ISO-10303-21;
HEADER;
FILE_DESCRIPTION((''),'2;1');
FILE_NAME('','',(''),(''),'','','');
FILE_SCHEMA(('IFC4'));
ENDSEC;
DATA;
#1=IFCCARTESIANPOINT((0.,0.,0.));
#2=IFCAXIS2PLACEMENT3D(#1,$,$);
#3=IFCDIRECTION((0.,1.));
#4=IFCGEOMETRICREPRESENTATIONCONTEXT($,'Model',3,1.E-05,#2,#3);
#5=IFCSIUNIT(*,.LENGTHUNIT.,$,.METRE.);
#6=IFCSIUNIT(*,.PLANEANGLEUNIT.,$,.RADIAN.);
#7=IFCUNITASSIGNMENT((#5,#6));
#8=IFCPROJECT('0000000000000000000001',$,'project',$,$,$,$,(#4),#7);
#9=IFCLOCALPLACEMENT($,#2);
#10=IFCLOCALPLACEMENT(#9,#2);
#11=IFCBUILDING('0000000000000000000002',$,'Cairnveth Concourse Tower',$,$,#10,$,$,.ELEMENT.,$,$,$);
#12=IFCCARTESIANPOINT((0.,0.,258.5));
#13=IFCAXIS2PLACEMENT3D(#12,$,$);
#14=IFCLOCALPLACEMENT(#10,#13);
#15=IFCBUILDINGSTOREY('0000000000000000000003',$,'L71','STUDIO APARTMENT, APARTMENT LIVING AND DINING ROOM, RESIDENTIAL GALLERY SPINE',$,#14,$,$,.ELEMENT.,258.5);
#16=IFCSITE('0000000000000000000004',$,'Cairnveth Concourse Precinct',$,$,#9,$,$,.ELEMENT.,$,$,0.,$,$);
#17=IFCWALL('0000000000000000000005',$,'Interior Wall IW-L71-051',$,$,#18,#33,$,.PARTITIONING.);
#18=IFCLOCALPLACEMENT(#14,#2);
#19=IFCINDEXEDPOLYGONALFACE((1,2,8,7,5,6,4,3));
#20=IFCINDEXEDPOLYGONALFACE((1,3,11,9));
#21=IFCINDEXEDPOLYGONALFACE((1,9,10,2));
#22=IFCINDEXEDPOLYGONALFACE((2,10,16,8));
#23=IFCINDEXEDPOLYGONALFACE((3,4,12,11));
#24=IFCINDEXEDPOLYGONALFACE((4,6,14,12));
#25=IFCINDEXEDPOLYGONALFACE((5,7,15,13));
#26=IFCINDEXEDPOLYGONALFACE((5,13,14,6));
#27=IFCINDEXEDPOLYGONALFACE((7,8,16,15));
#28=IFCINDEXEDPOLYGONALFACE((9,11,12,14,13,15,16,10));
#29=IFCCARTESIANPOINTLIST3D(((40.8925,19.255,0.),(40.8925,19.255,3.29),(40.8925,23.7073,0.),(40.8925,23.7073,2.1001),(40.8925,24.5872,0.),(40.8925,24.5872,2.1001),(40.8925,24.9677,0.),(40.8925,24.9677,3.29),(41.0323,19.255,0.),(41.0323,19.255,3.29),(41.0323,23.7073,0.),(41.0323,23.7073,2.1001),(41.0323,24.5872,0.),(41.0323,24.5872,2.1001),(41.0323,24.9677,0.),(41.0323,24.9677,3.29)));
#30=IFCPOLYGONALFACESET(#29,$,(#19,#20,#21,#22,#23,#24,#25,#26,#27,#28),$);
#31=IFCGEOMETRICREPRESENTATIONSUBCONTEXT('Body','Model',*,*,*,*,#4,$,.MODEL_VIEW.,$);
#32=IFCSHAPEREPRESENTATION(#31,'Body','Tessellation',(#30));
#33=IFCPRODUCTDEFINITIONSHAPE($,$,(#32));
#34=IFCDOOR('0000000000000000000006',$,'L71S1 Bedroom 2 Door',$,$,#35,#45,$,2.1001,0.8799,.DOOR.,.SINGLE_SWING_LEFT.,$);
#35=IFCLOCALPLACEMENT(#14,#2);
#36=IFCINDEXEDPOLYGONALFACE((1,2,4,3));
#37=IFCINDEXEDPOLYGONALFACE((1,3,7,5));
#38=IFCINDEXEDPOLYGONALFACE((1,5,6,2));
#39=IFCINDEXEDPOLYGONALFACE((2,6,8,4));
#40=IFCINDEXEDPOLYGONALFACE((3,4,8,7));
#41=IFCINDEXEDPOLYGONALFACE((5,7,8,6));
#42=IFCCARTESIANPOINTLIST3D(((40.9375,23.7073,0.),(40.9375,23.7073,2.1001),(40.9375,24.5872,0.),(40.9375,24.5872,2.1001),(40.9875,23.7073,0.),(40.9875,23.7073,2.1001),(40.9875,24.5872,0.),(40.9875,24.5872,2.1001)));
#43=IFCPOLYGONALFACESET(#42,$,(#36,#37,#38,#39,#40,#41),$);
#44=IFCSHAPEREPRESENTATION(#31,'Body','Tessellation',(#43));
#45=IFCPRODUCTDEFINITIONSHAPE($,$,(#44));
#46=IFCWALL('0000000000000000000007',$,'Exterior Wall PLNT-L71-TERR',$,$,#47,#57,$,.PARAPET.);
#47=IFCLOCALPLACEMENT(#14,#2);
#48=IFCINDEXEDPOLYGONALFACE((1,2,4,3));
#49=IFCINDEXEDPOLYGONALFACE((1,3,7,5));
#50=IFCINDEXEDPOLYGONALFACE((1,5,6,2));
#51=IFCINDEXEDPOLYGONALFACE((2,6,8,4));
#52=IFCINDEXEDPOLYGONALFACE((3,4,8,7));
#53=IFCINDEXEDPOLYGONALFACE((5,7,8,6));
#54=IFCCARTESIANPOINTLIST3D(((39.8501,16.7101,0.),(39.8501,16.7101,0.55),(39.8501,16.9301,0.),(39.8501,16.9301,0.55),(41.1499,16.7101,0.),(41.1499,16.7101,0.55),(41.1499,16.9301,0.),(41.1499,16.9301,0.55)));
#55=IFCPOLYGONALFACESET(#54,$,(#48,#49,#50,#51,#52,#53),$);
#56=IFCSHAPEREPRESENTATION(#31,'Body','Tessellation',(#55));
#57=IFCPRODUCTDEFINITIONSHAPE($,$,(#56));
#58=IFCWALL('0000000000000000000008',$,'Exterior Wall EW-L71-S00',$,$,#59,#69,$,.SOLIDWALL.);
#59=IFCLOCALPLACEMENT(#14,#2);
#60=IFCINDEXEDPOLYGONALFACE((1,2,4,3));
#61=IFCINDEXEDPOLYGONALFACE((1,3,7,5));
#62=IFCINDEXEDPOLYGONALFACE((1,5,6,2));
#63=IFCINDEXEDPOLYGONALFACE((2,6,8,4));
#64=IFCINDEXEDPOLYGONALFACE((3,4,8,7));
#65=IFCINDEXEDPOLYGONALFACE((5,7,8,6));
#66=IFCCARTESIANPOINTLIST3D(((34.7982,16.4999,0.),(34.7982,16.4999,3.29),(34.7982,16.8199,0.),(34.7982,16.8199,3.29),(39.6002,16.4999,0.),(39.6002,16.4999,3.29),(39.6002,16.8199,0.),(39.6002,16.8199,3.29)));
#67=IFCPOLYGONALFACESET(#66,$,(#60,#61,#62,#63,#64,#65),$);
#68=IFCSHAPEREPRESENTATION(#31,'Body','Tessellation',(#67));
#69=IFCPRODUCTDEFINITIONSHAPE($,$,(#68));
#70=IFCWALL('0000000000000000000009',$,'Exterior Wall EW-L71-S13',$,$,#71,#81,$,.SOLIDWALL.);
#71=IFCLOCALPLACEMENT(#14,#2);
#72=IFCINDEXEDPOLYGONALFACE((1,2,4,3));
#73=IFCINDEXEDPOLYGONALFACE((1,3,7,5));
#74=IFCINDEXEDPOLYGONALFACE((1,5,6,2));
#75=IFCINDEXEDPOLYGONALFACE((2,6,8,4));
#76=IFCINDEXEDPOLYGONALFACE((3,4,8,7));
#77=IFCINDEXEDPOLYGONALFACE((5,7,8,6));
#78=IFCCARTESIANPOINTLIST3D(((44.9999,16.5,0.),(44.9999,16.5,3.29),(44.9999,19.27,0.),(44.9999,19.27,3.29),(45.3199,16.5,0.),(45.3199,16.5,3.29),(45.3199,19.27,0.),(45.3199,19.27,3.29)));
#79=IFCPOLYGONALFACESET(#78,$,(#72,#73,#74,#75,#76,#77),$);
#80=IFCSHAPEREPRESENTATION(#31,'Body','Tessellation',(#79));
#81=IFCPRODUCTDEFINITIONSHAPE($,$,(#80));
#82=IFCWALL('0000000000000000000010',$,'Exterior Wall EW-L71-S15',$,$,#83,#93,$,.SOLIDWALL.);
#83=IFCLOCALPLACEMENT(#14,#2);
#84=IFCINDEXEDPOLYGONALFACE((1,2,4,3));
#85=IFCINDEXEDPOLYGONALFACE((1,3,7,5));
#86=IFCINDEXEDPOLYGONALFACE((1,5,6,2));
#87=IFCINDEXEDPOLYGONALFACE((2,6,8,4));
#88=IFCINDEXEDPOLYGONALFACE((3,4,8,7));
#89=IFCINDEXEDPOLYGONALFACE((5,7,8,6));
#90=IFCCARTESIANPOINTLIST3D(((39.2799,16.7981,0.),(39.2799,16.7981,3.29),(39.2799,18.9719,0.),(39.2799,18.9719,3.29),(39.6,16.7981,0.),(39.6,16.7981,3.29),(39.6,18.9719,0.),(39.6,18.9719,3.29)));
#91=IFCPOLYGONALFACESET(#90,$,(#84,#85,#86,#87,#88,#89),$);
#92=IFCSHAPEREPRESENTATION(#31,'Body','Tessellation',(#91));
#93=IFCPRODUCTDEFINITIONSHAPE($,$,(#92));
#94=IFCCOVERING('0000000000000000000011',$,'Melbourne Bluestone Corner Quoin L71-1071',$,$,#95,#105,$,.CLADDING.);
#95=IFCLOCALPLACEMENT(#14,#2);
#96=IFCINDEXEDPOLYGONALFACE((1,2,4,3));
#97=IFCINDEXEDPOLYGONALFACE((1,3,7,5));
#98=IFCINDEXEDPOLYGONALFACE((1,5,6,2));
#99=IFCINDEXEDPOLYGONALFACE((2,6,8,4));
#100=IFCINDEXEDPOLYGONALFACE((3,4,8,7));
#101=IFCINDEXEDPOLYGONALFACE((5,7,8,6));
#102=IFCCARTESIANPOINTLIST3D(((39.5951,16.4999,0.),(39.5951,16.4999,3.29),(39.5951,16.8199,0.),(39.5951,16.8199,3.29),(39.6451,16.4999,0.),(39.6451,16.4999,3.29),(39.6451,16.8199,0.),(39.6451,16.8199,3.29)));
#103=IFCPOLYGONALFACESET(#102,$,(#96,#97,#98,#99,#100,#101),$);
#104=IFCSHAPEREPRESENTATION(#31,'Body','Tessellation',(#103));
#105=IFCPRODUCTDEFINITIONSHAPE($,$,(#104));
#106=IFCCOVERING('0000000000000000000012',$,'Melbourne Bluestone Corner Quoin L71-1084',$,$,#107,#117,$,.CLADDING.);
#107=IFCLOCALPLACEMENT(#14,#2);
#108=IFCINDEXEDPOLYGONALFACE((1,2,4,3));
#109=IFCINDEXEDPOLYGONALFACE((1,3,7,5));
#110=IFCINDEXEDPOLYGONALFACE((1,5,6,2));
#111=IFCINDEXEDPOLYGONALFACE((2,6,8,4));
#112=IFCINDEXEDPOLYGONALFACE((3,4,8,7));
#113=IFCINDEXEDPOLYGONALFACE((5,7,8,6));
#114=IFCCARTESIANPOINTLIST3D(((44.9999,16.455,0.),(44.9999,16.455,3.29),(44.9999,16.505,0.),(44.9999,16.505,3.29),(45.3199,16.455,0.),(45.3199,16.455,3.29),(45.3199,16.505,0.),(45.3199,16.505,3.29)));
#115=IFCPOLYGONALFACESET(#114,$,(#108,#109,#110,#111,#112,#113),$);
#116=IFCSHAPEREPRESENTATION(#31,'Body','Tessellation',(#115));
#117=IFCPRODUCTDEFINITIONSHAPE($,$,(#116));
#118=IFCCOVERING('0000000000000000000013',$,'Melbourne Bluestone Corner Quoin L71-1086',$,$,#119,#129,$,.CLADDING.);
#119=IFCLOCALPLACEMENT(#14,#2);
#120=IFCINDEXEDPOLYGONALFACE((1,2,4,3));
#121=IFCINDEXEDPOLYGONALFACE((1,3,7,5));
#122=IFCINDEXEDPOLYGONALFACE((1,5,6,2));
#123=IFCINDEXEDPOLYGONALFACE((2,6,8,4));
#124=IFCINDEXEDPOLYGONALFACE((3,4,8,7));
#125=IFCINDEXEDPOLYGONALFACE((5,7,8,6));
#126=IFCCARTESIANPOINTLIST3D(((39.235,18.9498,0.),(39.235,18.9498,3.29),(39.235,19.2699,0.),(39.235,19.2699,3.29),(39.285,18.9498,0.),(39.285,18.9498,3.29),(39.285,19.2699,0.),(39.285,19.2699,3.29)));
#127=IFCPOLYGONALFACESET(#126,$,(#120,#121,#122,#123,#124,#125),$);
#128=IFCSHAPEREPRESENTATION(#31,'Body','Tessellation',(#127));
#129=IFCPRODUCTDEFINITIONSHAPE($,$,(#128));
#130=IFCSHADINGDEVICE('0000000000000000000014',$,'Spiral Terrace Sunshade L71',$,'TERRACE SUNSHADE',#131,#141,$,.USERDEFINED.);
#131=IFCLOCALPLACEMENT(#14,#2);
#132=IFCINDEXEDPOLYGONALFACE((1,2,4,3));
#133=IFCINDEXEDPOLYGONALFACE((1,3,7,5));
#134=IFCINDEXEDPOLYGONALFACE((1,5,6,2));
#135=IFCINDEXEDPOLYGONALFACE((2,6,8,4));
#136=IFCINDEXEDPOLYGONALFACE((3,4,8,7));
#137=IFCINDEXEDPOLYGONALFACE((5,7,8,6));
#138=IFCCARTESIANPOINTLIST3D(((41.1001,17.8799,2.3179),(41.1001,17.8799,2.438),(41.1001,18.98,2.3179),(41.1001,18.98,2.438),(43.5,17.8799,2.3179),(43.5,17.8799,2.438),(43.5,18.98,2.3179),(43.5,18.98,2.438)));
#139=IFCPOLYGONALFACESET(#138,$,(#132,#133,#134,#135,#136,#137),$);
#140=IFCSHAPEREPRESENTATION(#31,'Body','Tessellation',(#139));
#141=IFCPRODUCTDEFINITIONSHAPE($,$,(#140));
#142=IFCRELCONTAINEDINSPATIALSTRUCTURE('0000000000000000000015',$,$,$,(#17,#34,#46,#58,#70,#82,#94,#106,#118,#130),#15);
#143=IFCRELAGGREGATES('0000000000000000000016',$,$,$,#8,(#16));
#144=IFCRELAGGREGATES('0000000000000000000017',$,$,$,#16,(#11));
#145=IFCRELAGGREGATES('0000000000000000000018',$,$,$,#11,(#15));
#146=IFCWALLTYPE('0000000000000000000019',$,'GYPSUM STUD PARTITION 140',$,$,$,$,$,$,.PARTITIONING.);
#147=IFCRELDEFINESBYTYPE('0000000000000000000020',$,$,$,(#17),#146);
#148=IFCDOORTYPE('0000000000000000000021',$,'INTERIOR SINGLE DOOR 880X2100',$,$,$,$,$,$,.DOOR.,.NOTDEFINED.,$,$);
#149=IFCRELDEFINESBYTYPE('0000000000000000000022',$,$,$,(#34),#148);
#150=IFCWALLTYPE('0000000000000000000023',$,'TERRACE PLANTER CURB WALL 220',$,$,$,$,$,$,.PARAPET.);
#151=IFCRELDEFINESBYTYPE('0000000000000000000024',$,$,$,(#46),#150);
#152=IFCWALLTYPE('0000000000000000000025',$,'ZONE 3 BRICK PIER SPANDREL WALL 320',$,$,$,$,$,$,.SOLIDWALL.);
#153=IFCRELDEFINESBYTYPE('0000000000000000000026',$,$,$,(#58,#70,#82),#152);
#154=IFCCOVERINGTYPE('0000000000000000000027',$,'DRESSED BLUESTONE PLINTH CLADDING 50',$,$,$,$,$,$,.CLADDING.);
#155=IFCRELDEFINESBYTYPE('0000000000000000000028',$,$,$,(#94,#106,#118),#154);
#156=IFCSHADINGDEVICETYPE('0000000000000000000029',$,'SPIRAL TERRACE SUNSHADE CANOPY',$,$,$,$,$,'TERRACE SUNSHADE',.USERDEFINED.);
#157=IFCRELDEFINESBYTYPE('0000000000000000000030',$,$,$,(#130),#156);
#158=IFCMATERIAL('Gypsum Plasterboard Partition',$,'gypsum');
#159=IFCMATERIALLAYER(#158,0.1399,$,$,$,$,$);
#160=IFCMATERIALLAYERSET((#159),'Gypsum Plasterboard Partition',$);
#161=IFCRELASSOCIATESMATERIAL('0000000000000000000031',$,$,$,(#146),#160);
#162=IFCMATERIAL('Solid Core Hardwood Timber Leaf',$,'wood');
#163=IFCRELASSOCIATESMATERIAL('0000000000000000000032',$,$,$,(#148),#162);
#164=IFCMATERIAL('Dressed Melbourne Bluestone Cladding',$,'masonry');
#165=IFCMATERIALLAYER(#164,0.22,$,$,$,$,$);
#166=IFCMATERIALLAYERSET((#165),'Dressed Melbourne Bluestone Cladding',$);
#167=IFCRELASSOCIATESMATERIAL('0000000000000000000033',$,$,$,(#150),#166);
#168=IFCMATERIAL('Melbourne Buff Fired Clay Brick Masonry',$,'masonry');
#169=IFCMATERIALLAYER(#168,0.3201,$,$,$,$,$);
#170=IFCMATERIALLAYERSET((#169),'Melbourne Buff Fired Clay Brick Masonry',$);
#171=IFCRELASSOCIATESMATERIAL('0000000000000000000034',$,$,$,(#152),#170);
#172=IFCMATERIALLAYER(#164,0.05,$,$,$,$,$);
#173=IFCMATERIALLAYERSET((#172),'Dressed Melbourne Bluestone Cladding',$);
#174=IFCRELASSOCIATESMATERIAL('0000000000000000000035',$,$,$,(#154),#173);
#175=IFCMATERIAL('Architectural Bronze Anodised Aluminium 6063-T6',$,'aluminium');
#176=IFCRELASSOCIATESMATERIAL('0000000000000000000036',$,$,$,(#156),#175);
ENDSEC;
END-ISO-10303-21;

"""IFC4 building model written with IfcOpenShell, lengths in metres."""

from ifc_helpers import new_model, si_unit, direction, frame, frame_2d, origin, origin_2d, place, context, subcontext, project, spatial, rectangle, extrude, material, layer, layer_set, type_object, element, fill, save


model = new_model("IFC4")

# Units and contexts
model_context = context("Model", 3, precision=1e-05, world=origin(), true_north=direction((0.0, 1.0)))
body_context = subcontext(model_context, "Body", "Model", "MODEL_VIEW")
ifc_project = project(units=[si_unit("LENGTHUNIT", "METRE"), si_unit("PLANEANGLEUNIT", "RADIAN")], contexts=[model_context])

# Site, building, storey
site_placement = place(None, origin())
site = spatial("IfcSite", under=ifc_project, at=site_placement, Name="Cairnveth Concourse Precinct", CompositionType="ELEMENT", RefElevation=0.0)
building_placement = place(site_placement, origin())
building = spatial("IfcBuilding", under=site, at=building_placement, Name="Cairnveth Concourse Tower", CompositionType="ELEMENT")
storey_placement = place(building_placement, frame((0.0, 0.0, 258.5)))
storey = spatial("IfcBuildingStorey", under=building, at=storey_placement, Name="L71", Description="STUDIO APARTMENT, APARTMENT LIVING AND DINING ROOM, RESIDENTIAL GALLERY SPINE", CompositionType="ELEMENT", Elevation=258.5)

# Shared definitions
ifc_material_1 = material(Name="Gypsum Plasterboard Partition", Category="gypsum")

# Wall, opening, door
ifc_layer_1 = layer(ifc_material_1, 0.1399)
ifc_layer_set_1 = layer_set([ifc_layer_1], Name="Gypsum Plasterboard Partition")
wall_type_1 = type_object("IfcWallType", Name="GYPSUM STUD PARTITION 140", PredefinedType="PARTITIONING", material=ifc_layer_set_1)
wall_1_placement = place(storey_placement, frame((40.9624, 19.2549, 0.0), z_axis=(0.0, 0.0, 1.0), x_axis=(0.0, 1.0, 0.0)))
wall_1 = element("IfcWall", 1, at=wall_1_placement, inside=storey, type_object=wall_type_1, Name="Interior Wall IW-L71-051", PredefinedType="PARTITIONING", context=body_context, shape_type="SweptSolid", body=[
    extrude(rectangle(XDim=5.7126, YDim=0.1399, at=frame_2d((2.8564, 0.0))), origin(), (0.0, 0.0, 1.0), 3.29),
])
opening_1_placement = place(wall_1_placement, frame((4.4524, 0.0, 0.0)))
opening_1 = element("IfcOpeningElement", 2, at=opening_1_placement, cuts=wall_1, PredefinedType="OPENING", context=body_context, shape_type="SweptSolid", body=[
    extrude(rectangle(XDim=0.8799, YDim=2.1001, at=frame_2d((0.4399, 1.05))), frame((0.0, 0.0798, 0.0), z_axis=(0.0, -1.0, 0.0), x_axis=(1.0, 0.0, 0.0)), (0.0, 0.0, 1.0), 0.1599),
])
ifc_material_2 = material(Name="Solid Core Hardwood Timber Leaf", Category="wood")
door_type_1 = type_object("IfcDoorType", Name="INTERIOR SINGLE DOOR 880X2100", OperationType="NOTDEFINED", PredefinedType="DOOR", material=ifc_material_2)
door_1_placement = place(opening_1_placement, origin())
door_1 = element("IfcDoor", 3, at=door_1_placement, inside=storey, type_object=door_type_1, Name="L71S1 Bedroom 2 Door", OperationType="SINGLE_SWING_LEFT", OverallHeight=2.1001, OverallWidth=0.8799, PredefinedType="DOOR", context=body_context, shape_type="SweptSolid", body=[
    extrude(rectangle(XDim=0.8799, YDim=2.1001, at=frame_2d((0.4399, 1.05))), frame((0.0, 0.0249, 0.0), z_axis=(0.0, -1.0, 0.0), x_axis=(1.0, 0.0, 0.0)), (0.0, 0.0, 1.0), 0.05),
])
fill(opening_1, door_1)

# Walls
ifc_material_3 = material(Name="Dressed Melbourne Bluestone Cladding", Category="masonry")
ifc_layer_2 = layer(ifc_material_3, 0.22)
ifc_layer_set_2 = layer_set([ifc_layer_2], Name="Dressed Melbourne Bluestone Cladding")
wall_type_2 = type_object("IfcWallType", Name="TERRACE PLANTER CURB WALL 220", PredefinedType="PARAPET", material=ifc_layer_set_2)
wall_2_placement = place(storey_placement, frame((39.8501, 16.8201, 0.0), z_axis=(0.0, 0.0, 1.0), x_axis=(1.0, 0.0, 0.0)))
element("IfcWall", 4, at=wall_2_placement, inside=storey, type_object=wall_type_2, Name="Exterior Wall PLNT-L71-TERR", PredefinedType="PARAPET", context=body_context, shape_type="SweptSolid", body=[
    extrude(rectangle(XDim=1.2998, YDim=0.22, at=frame_2d((0.6499, 0.0))), origin(), (0.0, 0.0, 1.0), 0.55),
])
ifc_material_4 = material(Name="Melbourne Buff Fired Clay Brick Masonry", Category="masonry")
ifc_layer_3 = layer(ifc_material_4, 0.3201)
ifc_layer_set_3 = layer_set([ifc_layer_3], Name="Melbourne Buff Fired Clay Brick Masonry")
wall_type_3 = type_object("IfcWallType", Name="ZONE 3 BRICK PIER SPANDREL WALL 320", PredefinedType="SOLIDWALL", material=ifc_layer_set_3)
wall_3_placement = place(storey_placement, frame((39.6001, 16.6599, 0.0), z_axis=(0.0, 0.0, 1.0), x_axis=(-1.0, 0.0, 0.0)))
element("IfcWall", 5, at=wall_3_placement, inside=storey, type_object=wall_type_3, Name="Exterior Wall EW-L71-S00", PredefinedType="SOLIDWALL", context=body_context, shape_type="SweptSolid", body=[
    extrude(rectangle(XDim=4.802, YDim=0.3201, at=frame_2d((2.4009, 0.0))), origin(), (0.0, 0.0, 1.0), 3.29),
])
wall_4_placement = place(storey_placement, frame((45.1599, 16.5, 0.0), z_axis=(0.0, 0.0, 1.0), x_axis=(0.0, 1.0, 0.0)))
element("IfcWall", 6, at=wall_4_placement, inside=storey, type_object=wall_type_3, Name="Exterior Wall EW-L71-S13", PredefinedType="SOLIDWALL", context=body_context, shape_type="SweptSolid", body=[
    extrude(rectangle(XDim=2.77, YDim=0.3201, at=frame_2d((1.385, 0.0))), origin(), (0.0, 0.0, 1.0), 3.29),
])

# Shared definitions
ifc_material_5 = material(Name="Architectural Bronze Anodised Aluminium 6063-T6", Category="aluminium")

# Wall
wall_5_placement = place(storey_placement, frame((39.4399, 18.9719, 0.0), z_axis=(0.0, 0.0, 1.0), x_axis=(0.0, -1.0, 0.0)))
element("IfcWall", 7, at=wall_5_placement, inside=storey, type_object=wall_type_3, Name="Exterior Wall EW-L71-S15", PredefinedType="SOLIDWALL", context=body_context, shape_type="SweptSolid", body=[
    extrude(rectangle(XDim=2.1738, YDim=0.3201, at=frame_2d((1.0869, 0.0))), origin(), (0.0, 0.0, 1.0), 3.29),
])

# Coverings
ifc_layer_4 = layer(ifc_material_3, 0.05)
ifc_layer_set_4 = layer_set([ifc_layer_4], Name="Dressed Melbourne Bluestone Cladding")
covering_type = type_object("IfcCoveringType", Name="DRESSED BLUESTONE PLINTH CLADDING 50", PredefinedType="CLADDING", material=ifc_layer_set_4)
for number, where, z_axis, x_axis, name in (
    (8, (39.6201, 16.8201, 0.0), (0.0, 0.0, 1.0), (0.0, -1.0, 0.0), "Melbourne Bluestone Corner Quoin L71-1071"),
    (9, (45.3201, 16.48, 0.0), (0.0, 0.0, 1.0), (-1.0, 0.0, 0.0), "Melbourne Bluestone Corner Quoin L71-1084"),
    (10, (39.26, 19.27, 0.0), (0.0, 0.0, 1.0), (0.0, -1.0, 0.0), "Melbourne Bluestone Corner Quoin L71-1086"),
):
    element("IfcCovering", number, at=place(storey_placement, frame(where, z_axis=z_axis, x_axis=x_axis)), inside=storey, type_object=covering_type, Name=name, PredefinedType="CLADDING", context=body_context, shape_type="SweptSolid", body=[
        extrude(rectangle(XDim=0.3201, YDim=0.05, at=frame_2d((0.1602, 0.0))), origin(), (0.0, 0.0, 1.0), 3.29),
    ])

# Shading device
shading_device_type = type_object("IfcShadingDeviceType", Name="SPIRAL TERRACE SUNSHADE CANOPY", ElementType="TERRACE SUNSHADE", PredefinedType="USERDEFINED", material=ifc_material_5)
shading_device_placement = place(storey_placement, frame((42.3, 18.4299, 2.3179), z_axis=(0.0, 0.0, 1.0), x_axis=(1.0, 0.0, 0.0)))
element("IfcShadingDevice", 11, at=shading_device_placement, inside=storey, type_object=shading_device_type, Name="Spiral Terrace Sunshade L71", ObjectType="TERRACE SUNSHADE", PredefinedType="USERDEFINED", context=body_context, shape_type="SweptSolid", body=[
    extrude(rectangle(XDim=2.3999, YDim=1.1001, at=origin_2d()), origin(), (0.0, 0.0, 1.0), 0.1201),
])

save(model, "model.ifc")
